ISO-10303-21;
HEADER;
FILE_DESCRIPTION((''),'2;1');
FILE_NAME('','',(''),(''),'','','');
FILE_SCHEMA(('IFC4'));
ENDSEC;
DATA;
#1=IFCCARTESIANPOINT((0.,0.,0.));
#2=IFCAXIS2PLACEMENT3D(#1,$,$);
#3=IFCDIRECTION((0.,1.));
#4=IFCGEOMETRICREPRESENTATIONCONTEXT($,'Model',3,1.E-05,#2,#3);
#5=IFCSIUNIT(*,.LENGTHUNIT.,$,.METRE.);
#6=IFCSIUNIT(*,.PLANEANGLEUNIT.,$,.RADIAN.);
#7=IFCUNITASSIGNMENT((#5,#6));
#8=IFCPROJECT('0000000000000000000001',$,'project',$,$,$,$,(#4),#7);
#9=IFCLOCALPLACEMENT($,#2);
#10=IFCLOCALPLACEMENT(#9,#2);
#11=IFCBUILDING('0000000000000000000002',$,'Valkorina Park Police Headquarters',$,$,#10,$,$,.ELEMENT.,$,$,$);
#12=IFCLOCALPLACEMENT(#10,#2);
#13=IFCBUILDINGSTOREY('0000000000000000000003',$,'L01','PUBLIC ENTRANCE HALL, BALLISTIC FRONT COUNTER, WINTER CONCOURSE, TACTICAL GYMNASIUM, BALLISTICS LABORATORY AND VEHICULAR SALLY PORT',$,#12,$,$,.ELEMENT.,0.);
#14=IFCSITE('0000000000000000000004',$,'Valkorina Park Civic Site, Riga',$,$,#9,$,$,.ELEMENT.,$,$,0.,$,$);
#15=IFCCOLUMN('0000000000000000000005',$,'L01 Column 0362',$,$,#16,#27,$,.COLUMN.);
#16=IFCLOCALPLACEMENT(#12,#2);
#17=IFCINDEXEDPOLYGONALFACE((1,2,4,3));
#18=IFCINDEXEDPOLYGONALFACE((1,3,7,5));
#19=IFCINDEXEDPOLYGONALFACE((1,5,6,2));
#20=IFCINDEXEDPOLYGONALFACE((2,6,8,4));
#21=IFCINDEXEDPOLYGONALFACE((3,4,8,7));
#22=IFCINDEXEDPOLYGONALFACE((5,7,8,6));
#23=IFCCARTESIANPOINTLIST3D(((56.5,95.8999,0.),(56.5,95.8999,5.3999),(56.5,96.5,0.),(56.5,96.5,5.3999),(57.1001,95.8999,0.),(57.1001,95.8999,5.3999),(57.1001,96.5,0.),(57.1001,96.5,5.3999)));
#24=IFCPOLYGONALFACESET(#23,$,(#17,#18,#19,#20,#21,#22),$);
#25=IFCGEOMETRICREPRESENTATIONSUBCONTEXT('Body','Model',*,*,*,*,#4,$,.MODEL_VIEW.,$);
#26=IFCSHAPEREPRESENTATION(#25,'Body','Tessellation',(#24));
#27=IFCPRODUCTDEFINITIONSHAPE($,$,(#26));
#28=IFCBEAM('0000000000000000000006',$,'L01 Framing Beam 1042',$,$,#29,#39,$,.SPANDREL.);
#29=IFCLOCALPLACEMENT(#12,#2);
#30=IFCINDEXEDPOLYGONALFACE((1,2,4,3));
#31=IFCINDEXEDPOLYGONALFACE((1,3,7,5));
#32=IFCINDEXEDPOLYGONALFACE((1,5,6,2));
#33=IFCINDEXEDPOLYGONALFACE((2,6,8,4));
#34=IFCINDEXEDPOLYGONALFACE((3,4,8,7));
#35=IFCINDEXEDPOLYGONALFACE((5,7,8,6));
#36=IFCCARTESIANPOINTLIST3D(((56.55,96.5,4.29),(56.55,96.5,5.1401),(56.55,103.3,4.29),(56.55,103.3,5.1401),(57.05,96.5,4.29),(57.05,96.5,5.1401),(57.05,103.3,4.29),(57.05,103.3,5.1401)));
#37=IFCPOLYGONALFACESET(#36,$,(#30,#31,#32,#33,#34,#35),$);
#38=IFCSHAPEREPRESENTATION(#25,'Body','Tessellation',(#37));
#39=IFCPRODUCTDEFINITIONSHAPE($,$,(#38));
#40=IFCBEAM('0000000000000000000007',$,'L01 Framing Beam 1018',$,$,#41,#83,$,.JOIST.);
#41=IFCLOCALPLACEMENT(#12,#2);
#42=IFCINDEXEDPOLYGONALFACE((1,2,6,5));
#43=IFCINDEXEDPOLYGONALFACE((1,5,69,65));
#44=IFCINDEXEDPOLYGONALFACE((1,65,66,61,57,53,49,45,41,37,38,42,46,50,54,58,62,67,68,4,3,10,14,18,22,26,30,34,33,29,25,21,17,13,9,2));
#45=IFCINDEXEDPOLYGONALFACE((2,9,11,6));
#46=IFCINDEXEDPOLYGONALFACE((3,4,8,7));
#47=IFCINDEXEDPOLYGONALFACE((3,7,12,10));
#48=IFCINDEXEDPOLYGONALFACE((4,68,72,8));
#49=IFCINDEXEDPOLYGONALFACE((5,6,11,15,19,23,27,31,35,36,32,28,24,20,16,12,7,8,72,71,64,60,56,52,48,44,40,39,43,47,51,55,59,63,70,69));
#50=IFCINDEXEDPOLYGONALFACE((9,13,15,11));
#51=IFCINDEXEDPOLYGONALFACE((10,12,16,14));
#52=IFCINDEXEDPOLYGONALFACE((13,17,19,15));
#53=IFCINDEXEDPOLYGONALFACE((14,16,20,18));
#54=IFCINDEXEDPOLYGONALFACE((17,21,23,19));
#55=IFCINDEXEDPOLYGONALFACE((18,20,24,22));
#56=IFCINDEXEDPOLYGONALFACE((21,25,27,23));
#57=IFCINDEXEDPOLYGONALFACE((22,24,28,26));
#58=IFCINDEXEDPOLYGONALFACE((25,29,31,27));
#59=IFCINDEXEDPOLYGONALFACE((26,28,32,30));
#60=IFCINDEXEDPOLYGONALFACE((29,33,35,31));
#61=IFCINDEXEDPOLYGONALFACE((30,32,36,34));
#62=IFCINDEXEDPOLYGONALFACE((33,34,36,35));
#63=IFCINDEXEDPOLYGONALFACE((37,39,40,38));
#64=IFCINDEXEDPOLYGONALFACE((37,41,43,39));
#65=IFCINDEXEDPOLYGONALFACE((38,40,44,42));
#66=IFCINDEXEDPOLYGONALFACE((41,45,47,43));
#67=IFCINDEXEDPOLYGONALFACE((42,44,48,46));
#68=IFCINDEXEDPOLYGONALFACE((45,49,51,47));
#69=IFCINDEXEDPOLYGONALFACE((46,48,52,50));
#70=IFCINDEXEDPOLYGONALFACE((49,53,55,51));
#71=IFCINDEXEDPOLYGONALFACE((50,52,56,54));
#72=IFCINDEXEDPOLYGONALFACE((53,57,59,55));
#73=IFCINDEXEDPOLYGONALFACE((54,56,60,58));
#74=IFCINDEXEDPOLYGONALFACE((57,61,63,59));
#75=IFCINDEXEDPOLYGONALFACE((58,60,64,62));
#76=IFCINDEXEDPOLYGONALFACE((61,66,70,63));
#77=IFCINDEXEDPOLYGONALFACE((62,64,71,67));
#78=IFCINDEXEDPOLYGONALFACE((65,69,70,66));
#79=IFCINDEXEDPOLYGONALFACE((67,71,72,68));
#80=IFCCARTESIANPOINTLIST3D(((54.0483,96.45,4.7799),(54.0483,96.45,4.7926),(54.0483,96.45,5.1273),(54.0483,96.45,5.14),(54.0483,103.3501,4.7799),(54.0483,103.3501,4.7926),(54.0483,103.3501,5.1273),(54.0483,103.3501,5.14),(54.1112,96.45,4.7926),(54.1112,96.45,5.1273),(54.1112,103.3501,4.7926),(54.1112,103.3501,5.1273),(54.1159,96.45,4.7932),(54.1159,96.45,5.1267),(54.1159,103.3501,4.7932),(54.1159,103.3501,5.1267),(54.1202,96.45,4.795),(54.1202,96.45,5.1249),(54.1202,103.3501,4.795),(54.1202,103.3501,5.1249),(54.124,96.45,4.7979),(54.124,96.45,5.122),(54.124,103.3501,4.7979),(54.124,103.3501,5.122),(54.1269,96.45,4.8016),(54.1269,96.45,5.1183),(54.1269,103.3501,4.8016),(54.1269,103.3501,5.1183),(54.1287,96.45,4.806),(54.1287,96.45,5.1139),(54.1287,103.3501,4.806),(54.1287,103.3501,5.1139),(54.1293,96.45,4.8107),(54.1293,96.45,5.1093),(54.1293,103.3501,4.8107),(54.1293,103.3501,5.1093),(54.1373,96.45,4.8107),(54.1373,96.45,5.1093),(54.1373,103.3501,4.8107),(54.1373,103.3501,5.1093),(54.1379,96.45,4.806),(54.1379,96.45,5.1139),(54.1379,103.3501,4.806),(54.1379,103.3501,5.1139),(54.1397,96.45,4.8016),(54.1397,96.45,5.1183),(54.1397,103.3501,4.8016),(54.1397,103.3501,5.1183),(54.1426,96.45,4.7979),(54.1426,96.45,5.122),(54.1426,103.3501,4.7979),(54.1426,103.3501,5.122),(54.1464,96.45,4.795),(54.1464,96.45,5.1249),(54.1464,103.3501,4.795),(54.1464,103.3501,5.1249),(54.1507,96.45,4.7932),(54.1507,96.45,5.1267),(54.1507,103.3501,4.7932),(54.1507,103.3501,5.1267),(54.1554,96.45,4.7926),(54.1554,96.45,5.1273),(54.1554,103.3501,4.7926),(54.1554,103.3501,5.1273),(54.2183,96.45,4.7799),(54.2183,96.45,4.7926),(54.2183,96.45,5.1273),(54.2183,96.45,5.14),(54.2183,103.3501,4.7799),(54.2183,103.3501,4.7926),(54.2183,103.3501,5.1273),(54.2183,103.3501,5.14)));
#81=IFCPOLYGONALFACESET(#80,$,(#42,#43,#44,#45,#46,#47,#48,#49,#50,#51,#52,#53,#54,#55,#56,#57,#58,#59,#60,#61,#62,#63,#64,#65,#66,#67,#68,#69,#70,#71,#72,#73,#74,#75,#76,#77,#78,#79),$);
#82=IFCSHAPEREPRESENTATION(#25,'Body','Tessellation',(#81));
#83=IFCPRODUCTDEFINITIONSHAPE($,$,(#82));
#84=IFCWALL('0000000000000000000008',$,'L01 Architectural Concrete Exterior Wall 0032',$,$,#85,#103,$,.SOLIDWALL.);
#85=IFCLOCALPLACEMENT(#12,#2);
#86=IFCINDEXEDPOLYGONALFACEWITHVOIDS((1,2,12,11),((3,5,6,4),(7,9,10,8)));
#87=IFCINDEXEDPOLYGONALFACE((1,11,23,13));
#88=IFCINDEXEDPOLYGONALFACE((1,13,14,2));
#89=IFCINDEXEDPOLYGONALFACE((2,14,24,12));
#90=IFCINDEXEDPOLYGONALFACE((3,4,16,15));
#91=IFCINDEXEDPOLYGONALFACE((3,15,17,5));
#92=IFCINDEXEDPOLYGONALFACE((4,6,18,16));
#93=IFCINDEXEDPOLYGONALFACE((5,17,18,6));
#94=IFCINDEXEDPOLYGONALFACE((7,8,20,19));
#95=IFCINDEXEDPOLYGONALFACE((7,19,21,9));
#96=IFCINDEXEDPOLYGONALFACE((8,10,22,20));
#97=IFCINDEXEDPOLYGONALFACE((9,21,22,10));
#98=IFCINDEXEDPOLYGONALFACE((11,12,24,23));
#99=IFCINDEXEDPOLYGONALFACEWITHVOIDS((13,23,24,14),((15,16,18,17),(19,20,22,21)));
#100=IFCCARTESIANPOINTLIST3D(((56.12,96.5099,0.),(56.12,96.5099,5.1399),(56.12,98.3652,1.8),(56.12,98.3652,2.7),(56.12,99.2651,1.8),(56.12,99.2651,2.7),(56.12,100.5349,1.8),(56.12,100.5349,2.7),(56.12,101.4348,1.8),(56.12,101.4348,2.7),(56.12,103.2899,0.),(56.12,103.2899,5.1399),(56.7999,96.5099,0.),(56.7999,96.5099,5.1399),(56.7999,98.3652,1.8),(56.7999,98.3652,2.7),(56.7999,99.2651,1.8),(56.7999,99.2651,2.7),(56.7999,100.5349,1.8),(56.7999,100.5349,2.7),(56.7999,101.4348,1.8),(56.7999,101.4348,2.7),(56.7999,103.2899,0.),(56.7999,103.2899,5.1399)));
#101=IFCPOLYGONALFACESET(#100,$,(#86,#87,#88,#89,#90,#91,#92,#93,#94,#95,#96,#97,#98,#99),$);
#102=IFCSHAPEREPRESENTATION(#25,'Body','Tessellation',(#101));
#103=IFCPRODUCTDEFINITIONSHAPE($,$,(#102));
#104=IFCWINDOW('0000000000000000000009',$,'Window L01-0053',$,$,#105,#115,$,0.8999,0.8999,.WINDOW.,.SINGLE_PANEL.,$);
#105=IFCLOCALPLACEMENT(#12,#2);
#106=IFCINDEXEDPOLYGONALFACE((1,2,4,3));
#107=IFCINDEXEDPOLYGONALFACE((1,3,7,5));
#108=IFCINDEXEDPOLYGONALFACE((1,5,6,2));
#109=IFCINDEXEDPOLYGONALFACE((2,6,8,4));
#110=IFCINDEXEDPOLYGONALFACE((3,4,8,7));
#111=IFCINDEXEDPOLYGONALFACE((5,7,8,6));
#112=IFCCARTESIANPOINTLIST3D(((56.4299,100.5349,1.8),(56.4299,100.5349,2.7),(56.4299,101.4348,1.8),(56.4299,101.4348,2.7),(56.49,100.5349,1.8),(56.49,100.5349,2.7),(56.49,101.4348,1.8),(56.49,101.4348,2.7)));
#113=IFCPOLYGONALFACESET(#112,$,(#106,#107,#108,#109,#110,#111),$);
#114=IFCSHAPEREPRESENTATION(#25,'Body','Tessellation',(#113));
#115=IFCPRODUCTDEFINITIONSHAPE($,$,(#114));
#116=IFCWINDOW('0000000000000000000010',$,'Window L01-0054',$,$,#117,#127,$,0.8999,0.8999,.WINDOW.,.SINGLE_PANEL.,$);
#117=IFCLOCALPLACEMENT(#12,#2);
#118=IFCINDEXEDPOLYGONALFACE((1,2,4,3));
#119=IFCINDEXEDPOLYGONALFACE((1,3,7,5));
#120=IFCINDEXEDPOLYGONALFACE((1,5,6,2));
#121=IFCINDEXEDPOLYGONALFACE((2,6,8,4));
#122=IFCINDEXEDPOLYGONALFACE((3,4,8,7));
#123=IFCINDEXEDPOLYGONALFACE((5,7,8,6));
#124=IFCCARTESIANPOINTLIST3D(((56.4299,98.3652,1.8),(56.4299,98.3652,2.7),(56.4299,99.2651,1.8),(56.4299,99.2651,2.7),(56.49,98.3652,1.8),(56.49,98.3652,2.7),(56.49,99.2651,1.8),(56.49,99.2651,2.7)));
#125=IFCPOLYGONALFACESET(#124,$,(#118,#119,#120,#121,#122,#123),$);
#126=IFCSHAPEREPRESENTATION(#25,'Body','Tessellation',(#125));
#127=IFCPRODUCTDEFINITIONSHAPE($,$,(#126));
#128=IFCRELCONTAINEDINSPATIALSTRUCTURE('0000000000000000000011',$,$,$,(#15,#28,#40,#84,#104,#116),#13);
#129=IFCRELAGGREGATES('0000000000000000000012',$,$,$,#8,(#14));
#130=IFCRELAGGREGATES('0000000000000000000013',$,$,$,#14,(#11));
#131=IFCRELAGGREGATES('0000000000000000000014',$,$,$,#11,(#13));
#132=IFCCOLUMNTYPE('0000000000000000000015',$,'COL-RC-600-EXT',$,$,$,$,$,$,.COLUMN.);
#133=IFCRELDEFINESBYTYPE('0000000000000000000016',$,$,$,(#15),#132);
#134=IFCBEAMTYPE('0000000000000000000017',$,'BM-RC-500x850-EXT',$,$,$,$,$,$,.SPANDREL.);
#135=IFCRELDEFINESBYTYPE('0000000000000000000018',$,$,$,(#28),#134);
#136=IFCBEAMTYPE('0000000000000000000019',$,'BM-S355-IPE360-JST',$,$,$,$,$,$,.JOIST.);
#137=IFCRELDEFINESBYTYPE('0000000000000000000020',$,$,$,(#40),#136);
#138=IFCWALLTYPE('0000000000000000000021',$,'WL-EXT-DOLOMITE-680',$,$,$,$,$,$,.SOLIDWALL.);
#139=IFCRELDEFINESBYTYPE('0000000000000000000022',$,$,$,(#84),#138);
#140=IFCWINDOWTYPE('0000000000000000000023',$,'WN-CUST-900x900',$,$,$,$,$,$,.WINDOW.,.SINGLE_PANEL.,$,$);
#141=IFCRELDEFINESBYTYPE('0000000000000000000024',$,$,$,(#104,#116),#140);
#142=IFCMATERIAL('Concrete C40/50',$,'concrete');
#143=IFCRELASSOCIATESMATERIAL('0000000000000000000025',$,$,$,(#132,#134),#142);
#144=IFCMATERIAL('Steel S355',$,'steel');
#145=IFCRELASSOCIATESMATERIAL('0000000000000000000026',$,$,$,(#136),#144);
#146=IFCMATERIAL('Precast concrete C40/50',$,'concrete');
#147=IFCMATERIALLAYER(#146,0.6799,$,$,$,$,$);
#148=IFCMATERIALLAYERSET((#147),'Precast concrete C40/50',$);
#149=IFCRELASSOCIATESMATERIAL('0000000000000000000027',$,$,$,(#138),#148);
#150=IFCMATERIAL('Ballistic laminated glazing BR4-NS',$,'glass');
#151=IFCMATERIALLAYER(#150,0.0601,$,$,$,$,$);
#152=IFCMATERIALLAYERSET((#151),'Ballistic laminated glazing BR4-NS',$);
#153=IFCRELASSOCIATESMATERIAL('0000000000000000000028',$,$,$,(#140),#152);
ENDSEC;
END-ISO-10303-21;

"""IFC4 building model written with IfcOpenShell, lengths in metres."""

from ifc_helpers import new_model, si_unit, direction, frame, frame_2d, origin, origin_2d, place, context, subcontext, project, spatial, rectangle, i_section, extrude, material, layer, layer_set, material_profile, profile_set, type_object, element, fill, save


model = new_model("IFC4")

# Units and contexts
model_context = context("Model", 3, precision=1e-05, world=origin(), true_north=direction((0.0, 1.0)))
body_context = subcontext(model_context, "Body", "Model", "MODEL_VIEW")
ifc_project = project(units=[si_unit("LENGTHUNIT", "METRE"), si_unit("PLANEANGLEUNIT", "RADIAN")], contexts=[model_context])

# Site, building, storey
site_placement = place(None, origin())
site = spatial("IfcSite", under=ifc_project, at=site_placement, Name="Valkorina Park Civic Site, Riga", CompositionType="ELEMENT", RefElevation=0.0)
building_placement = place(site_placement, origin())
building = spatial("IfcBuilding", under=site, at=building_placement, Name="Valkorina Park Police Headquarters", CompositionType="ELEMENT")
storey_placement = place(building_placement, origin())
storey = spatial("IfcBuildingStorey", under=building, at=storey_placement, Name="L01", Description="PUBLIC ENTRANCE HALL, BALLISTIC FRONT COUNTER, WINTER CONCOURSE, TACTICAL GYMNASIUM, BALLISTICS LABORATORY AND VEHICULAR SALLY PORT", CompositionType="ELEMENT", Elevation=0.0)

# Column
ifc_material_1 = material(Name="Concrete C40/50", Category="concrete")
ifc_material_profile_1 = material_profile(ifc_material_1, rectangle(XDim=0.6001, YDim=0.6001, at=origin_2d()), Name="RC COL 600x600")
ifc_profile_set_1 = profile_set([ifc_material_profile_1], Name="Concrete C40/50")
column_type = type_object("IfcColumnType", Name="COL-RC-600-EXT", PredefinedType="COLUMN", material=ifc_profile_set_1)
column_placement = place(storey_placement, frame((56.8, 96.2, 0.0), z_axis=(0.0, 0.0, 1.0), x_axis=(1.0, 0.0, 0.0)))
element("IfcColumn", 1, at=column_placement, inside=storey, type_object=column_type, Name="L01 Column 0362", PredefinedType="COLUMN", context=body_context, shape_type="SweptSolid", body=[
    extrude(rectangle(XDim=0.6001, YDim=0.6001, at=origin_2d()), origin(), (0.0, 0.0, 1.0), 5.3999),
])

# Beams
ifc_material_profile_2 = material_profile(ifc_material_1, rectangle(XDim=0.5, YDim=0.8501, at=origin_2d()), Name="RC BEAM 500x850")
ifc_profile_set_2 = profile_set([ifc_material_profile_2], Name="Concrete C40/50")
beam_type_1 = type_object("IfcBeamType", Name="BM-RC-500x850-EXT", PredefinedType="SPANDREL", material=ifc_profile_set_2)
beam_1_placement = place(storey_placement, frame((56.8, 96.5, 4.7151), z_axis=(0.0, 1.0, 0.0), x_axis=(-1.0, 0.0, 0.0)))
element("IfcBeam", 2, at=beam_1_placement, inside=storey, type_object=beam_type_1, Name="L01 Framing Beam 1042", PredefinedType="SPANDREL", context=body_context, shape_type="SweptSolid", body=[
    extrude(rectangle(XDim=0.5, YDim=0.8501, at=origin_2d()), origin(), (0.0, 0.0, 1.0), 6.8),
])
ifc_material_2 = material(Name="Steel S355", Category="steel")
ifc_material_profile_3 = material_profile(ifc_material_2, i_section(OverallWidth=0.1699, OverallDepth=0.3601, WebThickness=0.0081, FlangeThickness=0.0127, FilletRadius=0.0181, at=origin_2d()), Name="IPE 360")
ifc_profile_set_3 = profile_set([ifc_material_profile_3], Name="Steel S355")
beam_type_2 = type_object("IfcBeamType", Name="BM-S355-IPE360-JST", PredefinedType="JOIST", material=ifc_profile_set_3)
beam_2_placement = place(storey_placement, frame((54.1333, 96.45, 4.96), z_axis=(0.0, 1.0, 0.0), x_axis=(-1.0, 0.0, 0.0)))
element("IfcBeam", 3, at=beam_2_placement, inside=storey, type_object=beam_type_2, Name="L01 Framing Beam 1018", PredefinedType="JOIST", context=body_context, shape_type="SweptSolid", body=[
    extrude(i_section(OverallWidth=0.1699, OverallDepth=0.3601, WebThickness=0.0081, FlangeThickness=0.0127, FilletRadius=0.0181, at=origin_2d()), origin(), (0.0, 0.0, 1.0), 6.9001),
])

# Wall, openings, windows
ifc_material_3 = material(Name="Precast concrete C40/50", Category="concrete")
ifc_layer_1 = layer(ifc_material_3, 0.6799)
ifc_layer_set_1 = layer_set([ifc_layer_1], Name="Precast concrete C40/50")
wall_type = type_object("IfcWallType", Name="WL-EXT-DOLOMITE-680", PredefinedType="SOLIDWALL", material=ifc_layer_set_1)
wall_1_placement = place(storey_placement, frame((56.46, 103.29, 0.0), z_axis=(0.0, 0.0, 1.0), x_axis=(0.0, -1.0, 0.0)))
wall_1 = element("IfcWall", 4, at=wall_1_placement, inside=storey, type_object=wall_type, Name="L01 Architectural Concrete Exterior Wall 0032", PredefinedType="SOLIDWALL", context=body_context, shape_type="SweptSolid", body=[
    extrude(rectangle(XDim=6.78, YDim=0.6799, at=frame_2d((3.3901, 0.0))), origin(), (0.0, 0.0, 1.0), 5.1399),
])
opening_1_placement = place(wall_1_placement, frame((1.8552, 0.0, 1.8)))
opening_1 = element("IfcOpeningElement", 5, at=opening_1_placement, cuts=wall_1, PredefinedType="OPENING", context=body_context, shape_type="SweptSolid", body=[
    extrude(rectangle(XDim=0.8999, YDim=0.8999, at=frame_2d((0.45, 0.45))), frame((0.0, 0.3501, 0.0), z_axis=(0.0, -1.0, 0.0), x_axis=(1.0, 0.0, 0.0)), (0.0, 0.0, 1.0), 0.7),
])
opening_2_placement = place(wall_1_placement, frame((4.0249, 0.0, 1.8)))
opening_2 = element("IfcOpeningElement", 6, at=opening_2_placement, cuts=wall_1, PredefinedType="OPENING", context=body_context, shape_type="SweptSolid", body=[
    extrude(rectangle(XDim=0.8999, YDim=0.8999, at=frame_2d((0.45, 0.45))), frame((0.0, 0.3501, 0.0), z_axis=(0.0, -1.0, 0.0), x_axis=(1.0, 0.0, 0.0)), (0.0, 0.0, 1.0), 0.7),
])
ifc_material_4 = material(Name="Ballistic laminated glazing BR4-NS", Category="glass")
ifc_layer_2 = layer(ifc_material_4, 0.0601)
ifc_layer_set_2 = layer_set([ifc_layer_2], Name="Ballistic laminated glazing BR4-NS")
window_type_1 = type_object("IfcWindowType", Name="WN-CUST-900x900", PartitioningType="SINGLE_PANEL", PredefinedType="WINDOW", material=ifc_layer_set_2)
window_1_placement = place(opening_1_placement, origin())
window_1 = element("IfcWindow", 7, at=window_1_placement, inside=storey, type_object=window_type_1, Name="Window L01-0053", OverallHeight=0.8999, OverallWidth=0.8999, PartitioningType="SINGLE_PANEL", PredefinedType="WINDOW", context=body_context, shape_type="SweptSolid", body=[
    extrude(rectangle(XDim=0.8999, YDim=0.8999, at=frame_2d((0.45, 0.45))), frame((0.0, 0.03, 0.0), z_axis=(0.0, -1.0, 0.0), x_axis=(1.0, 0.0, 0.0)), (0.0, 0.0, 1.0), 0.0601),
])
fill(opening_1, window_1)
window_2_placement = place(opening_2_placement, origin())
window_2 = element("IfcWindow", 8, at=window_2_placement, inside=storey, type_object=window_type_1, Name="Window L01-0054", OverallHeight=0.8999, OverallWidth=0.8999, PartitioningType="SINGLE_PANEL", PredefinedType="WINDOW", context=body_context, shape_type="SweptSolid", body=[
    extrude(rectangle(XDim=0.8999, YDim=0.8999, at=frame_2d((0.45, 0.45))), frame((0.0, 0.03, 0.0), z_axis=(0.0, -1.0, 0.0), x_axis=(1.0, 0.0, 0.0)), (0.0, 0.0, 1.0), 0.0601),
])
fill(opening_2, window_2)

save(model, "model.ifc")
